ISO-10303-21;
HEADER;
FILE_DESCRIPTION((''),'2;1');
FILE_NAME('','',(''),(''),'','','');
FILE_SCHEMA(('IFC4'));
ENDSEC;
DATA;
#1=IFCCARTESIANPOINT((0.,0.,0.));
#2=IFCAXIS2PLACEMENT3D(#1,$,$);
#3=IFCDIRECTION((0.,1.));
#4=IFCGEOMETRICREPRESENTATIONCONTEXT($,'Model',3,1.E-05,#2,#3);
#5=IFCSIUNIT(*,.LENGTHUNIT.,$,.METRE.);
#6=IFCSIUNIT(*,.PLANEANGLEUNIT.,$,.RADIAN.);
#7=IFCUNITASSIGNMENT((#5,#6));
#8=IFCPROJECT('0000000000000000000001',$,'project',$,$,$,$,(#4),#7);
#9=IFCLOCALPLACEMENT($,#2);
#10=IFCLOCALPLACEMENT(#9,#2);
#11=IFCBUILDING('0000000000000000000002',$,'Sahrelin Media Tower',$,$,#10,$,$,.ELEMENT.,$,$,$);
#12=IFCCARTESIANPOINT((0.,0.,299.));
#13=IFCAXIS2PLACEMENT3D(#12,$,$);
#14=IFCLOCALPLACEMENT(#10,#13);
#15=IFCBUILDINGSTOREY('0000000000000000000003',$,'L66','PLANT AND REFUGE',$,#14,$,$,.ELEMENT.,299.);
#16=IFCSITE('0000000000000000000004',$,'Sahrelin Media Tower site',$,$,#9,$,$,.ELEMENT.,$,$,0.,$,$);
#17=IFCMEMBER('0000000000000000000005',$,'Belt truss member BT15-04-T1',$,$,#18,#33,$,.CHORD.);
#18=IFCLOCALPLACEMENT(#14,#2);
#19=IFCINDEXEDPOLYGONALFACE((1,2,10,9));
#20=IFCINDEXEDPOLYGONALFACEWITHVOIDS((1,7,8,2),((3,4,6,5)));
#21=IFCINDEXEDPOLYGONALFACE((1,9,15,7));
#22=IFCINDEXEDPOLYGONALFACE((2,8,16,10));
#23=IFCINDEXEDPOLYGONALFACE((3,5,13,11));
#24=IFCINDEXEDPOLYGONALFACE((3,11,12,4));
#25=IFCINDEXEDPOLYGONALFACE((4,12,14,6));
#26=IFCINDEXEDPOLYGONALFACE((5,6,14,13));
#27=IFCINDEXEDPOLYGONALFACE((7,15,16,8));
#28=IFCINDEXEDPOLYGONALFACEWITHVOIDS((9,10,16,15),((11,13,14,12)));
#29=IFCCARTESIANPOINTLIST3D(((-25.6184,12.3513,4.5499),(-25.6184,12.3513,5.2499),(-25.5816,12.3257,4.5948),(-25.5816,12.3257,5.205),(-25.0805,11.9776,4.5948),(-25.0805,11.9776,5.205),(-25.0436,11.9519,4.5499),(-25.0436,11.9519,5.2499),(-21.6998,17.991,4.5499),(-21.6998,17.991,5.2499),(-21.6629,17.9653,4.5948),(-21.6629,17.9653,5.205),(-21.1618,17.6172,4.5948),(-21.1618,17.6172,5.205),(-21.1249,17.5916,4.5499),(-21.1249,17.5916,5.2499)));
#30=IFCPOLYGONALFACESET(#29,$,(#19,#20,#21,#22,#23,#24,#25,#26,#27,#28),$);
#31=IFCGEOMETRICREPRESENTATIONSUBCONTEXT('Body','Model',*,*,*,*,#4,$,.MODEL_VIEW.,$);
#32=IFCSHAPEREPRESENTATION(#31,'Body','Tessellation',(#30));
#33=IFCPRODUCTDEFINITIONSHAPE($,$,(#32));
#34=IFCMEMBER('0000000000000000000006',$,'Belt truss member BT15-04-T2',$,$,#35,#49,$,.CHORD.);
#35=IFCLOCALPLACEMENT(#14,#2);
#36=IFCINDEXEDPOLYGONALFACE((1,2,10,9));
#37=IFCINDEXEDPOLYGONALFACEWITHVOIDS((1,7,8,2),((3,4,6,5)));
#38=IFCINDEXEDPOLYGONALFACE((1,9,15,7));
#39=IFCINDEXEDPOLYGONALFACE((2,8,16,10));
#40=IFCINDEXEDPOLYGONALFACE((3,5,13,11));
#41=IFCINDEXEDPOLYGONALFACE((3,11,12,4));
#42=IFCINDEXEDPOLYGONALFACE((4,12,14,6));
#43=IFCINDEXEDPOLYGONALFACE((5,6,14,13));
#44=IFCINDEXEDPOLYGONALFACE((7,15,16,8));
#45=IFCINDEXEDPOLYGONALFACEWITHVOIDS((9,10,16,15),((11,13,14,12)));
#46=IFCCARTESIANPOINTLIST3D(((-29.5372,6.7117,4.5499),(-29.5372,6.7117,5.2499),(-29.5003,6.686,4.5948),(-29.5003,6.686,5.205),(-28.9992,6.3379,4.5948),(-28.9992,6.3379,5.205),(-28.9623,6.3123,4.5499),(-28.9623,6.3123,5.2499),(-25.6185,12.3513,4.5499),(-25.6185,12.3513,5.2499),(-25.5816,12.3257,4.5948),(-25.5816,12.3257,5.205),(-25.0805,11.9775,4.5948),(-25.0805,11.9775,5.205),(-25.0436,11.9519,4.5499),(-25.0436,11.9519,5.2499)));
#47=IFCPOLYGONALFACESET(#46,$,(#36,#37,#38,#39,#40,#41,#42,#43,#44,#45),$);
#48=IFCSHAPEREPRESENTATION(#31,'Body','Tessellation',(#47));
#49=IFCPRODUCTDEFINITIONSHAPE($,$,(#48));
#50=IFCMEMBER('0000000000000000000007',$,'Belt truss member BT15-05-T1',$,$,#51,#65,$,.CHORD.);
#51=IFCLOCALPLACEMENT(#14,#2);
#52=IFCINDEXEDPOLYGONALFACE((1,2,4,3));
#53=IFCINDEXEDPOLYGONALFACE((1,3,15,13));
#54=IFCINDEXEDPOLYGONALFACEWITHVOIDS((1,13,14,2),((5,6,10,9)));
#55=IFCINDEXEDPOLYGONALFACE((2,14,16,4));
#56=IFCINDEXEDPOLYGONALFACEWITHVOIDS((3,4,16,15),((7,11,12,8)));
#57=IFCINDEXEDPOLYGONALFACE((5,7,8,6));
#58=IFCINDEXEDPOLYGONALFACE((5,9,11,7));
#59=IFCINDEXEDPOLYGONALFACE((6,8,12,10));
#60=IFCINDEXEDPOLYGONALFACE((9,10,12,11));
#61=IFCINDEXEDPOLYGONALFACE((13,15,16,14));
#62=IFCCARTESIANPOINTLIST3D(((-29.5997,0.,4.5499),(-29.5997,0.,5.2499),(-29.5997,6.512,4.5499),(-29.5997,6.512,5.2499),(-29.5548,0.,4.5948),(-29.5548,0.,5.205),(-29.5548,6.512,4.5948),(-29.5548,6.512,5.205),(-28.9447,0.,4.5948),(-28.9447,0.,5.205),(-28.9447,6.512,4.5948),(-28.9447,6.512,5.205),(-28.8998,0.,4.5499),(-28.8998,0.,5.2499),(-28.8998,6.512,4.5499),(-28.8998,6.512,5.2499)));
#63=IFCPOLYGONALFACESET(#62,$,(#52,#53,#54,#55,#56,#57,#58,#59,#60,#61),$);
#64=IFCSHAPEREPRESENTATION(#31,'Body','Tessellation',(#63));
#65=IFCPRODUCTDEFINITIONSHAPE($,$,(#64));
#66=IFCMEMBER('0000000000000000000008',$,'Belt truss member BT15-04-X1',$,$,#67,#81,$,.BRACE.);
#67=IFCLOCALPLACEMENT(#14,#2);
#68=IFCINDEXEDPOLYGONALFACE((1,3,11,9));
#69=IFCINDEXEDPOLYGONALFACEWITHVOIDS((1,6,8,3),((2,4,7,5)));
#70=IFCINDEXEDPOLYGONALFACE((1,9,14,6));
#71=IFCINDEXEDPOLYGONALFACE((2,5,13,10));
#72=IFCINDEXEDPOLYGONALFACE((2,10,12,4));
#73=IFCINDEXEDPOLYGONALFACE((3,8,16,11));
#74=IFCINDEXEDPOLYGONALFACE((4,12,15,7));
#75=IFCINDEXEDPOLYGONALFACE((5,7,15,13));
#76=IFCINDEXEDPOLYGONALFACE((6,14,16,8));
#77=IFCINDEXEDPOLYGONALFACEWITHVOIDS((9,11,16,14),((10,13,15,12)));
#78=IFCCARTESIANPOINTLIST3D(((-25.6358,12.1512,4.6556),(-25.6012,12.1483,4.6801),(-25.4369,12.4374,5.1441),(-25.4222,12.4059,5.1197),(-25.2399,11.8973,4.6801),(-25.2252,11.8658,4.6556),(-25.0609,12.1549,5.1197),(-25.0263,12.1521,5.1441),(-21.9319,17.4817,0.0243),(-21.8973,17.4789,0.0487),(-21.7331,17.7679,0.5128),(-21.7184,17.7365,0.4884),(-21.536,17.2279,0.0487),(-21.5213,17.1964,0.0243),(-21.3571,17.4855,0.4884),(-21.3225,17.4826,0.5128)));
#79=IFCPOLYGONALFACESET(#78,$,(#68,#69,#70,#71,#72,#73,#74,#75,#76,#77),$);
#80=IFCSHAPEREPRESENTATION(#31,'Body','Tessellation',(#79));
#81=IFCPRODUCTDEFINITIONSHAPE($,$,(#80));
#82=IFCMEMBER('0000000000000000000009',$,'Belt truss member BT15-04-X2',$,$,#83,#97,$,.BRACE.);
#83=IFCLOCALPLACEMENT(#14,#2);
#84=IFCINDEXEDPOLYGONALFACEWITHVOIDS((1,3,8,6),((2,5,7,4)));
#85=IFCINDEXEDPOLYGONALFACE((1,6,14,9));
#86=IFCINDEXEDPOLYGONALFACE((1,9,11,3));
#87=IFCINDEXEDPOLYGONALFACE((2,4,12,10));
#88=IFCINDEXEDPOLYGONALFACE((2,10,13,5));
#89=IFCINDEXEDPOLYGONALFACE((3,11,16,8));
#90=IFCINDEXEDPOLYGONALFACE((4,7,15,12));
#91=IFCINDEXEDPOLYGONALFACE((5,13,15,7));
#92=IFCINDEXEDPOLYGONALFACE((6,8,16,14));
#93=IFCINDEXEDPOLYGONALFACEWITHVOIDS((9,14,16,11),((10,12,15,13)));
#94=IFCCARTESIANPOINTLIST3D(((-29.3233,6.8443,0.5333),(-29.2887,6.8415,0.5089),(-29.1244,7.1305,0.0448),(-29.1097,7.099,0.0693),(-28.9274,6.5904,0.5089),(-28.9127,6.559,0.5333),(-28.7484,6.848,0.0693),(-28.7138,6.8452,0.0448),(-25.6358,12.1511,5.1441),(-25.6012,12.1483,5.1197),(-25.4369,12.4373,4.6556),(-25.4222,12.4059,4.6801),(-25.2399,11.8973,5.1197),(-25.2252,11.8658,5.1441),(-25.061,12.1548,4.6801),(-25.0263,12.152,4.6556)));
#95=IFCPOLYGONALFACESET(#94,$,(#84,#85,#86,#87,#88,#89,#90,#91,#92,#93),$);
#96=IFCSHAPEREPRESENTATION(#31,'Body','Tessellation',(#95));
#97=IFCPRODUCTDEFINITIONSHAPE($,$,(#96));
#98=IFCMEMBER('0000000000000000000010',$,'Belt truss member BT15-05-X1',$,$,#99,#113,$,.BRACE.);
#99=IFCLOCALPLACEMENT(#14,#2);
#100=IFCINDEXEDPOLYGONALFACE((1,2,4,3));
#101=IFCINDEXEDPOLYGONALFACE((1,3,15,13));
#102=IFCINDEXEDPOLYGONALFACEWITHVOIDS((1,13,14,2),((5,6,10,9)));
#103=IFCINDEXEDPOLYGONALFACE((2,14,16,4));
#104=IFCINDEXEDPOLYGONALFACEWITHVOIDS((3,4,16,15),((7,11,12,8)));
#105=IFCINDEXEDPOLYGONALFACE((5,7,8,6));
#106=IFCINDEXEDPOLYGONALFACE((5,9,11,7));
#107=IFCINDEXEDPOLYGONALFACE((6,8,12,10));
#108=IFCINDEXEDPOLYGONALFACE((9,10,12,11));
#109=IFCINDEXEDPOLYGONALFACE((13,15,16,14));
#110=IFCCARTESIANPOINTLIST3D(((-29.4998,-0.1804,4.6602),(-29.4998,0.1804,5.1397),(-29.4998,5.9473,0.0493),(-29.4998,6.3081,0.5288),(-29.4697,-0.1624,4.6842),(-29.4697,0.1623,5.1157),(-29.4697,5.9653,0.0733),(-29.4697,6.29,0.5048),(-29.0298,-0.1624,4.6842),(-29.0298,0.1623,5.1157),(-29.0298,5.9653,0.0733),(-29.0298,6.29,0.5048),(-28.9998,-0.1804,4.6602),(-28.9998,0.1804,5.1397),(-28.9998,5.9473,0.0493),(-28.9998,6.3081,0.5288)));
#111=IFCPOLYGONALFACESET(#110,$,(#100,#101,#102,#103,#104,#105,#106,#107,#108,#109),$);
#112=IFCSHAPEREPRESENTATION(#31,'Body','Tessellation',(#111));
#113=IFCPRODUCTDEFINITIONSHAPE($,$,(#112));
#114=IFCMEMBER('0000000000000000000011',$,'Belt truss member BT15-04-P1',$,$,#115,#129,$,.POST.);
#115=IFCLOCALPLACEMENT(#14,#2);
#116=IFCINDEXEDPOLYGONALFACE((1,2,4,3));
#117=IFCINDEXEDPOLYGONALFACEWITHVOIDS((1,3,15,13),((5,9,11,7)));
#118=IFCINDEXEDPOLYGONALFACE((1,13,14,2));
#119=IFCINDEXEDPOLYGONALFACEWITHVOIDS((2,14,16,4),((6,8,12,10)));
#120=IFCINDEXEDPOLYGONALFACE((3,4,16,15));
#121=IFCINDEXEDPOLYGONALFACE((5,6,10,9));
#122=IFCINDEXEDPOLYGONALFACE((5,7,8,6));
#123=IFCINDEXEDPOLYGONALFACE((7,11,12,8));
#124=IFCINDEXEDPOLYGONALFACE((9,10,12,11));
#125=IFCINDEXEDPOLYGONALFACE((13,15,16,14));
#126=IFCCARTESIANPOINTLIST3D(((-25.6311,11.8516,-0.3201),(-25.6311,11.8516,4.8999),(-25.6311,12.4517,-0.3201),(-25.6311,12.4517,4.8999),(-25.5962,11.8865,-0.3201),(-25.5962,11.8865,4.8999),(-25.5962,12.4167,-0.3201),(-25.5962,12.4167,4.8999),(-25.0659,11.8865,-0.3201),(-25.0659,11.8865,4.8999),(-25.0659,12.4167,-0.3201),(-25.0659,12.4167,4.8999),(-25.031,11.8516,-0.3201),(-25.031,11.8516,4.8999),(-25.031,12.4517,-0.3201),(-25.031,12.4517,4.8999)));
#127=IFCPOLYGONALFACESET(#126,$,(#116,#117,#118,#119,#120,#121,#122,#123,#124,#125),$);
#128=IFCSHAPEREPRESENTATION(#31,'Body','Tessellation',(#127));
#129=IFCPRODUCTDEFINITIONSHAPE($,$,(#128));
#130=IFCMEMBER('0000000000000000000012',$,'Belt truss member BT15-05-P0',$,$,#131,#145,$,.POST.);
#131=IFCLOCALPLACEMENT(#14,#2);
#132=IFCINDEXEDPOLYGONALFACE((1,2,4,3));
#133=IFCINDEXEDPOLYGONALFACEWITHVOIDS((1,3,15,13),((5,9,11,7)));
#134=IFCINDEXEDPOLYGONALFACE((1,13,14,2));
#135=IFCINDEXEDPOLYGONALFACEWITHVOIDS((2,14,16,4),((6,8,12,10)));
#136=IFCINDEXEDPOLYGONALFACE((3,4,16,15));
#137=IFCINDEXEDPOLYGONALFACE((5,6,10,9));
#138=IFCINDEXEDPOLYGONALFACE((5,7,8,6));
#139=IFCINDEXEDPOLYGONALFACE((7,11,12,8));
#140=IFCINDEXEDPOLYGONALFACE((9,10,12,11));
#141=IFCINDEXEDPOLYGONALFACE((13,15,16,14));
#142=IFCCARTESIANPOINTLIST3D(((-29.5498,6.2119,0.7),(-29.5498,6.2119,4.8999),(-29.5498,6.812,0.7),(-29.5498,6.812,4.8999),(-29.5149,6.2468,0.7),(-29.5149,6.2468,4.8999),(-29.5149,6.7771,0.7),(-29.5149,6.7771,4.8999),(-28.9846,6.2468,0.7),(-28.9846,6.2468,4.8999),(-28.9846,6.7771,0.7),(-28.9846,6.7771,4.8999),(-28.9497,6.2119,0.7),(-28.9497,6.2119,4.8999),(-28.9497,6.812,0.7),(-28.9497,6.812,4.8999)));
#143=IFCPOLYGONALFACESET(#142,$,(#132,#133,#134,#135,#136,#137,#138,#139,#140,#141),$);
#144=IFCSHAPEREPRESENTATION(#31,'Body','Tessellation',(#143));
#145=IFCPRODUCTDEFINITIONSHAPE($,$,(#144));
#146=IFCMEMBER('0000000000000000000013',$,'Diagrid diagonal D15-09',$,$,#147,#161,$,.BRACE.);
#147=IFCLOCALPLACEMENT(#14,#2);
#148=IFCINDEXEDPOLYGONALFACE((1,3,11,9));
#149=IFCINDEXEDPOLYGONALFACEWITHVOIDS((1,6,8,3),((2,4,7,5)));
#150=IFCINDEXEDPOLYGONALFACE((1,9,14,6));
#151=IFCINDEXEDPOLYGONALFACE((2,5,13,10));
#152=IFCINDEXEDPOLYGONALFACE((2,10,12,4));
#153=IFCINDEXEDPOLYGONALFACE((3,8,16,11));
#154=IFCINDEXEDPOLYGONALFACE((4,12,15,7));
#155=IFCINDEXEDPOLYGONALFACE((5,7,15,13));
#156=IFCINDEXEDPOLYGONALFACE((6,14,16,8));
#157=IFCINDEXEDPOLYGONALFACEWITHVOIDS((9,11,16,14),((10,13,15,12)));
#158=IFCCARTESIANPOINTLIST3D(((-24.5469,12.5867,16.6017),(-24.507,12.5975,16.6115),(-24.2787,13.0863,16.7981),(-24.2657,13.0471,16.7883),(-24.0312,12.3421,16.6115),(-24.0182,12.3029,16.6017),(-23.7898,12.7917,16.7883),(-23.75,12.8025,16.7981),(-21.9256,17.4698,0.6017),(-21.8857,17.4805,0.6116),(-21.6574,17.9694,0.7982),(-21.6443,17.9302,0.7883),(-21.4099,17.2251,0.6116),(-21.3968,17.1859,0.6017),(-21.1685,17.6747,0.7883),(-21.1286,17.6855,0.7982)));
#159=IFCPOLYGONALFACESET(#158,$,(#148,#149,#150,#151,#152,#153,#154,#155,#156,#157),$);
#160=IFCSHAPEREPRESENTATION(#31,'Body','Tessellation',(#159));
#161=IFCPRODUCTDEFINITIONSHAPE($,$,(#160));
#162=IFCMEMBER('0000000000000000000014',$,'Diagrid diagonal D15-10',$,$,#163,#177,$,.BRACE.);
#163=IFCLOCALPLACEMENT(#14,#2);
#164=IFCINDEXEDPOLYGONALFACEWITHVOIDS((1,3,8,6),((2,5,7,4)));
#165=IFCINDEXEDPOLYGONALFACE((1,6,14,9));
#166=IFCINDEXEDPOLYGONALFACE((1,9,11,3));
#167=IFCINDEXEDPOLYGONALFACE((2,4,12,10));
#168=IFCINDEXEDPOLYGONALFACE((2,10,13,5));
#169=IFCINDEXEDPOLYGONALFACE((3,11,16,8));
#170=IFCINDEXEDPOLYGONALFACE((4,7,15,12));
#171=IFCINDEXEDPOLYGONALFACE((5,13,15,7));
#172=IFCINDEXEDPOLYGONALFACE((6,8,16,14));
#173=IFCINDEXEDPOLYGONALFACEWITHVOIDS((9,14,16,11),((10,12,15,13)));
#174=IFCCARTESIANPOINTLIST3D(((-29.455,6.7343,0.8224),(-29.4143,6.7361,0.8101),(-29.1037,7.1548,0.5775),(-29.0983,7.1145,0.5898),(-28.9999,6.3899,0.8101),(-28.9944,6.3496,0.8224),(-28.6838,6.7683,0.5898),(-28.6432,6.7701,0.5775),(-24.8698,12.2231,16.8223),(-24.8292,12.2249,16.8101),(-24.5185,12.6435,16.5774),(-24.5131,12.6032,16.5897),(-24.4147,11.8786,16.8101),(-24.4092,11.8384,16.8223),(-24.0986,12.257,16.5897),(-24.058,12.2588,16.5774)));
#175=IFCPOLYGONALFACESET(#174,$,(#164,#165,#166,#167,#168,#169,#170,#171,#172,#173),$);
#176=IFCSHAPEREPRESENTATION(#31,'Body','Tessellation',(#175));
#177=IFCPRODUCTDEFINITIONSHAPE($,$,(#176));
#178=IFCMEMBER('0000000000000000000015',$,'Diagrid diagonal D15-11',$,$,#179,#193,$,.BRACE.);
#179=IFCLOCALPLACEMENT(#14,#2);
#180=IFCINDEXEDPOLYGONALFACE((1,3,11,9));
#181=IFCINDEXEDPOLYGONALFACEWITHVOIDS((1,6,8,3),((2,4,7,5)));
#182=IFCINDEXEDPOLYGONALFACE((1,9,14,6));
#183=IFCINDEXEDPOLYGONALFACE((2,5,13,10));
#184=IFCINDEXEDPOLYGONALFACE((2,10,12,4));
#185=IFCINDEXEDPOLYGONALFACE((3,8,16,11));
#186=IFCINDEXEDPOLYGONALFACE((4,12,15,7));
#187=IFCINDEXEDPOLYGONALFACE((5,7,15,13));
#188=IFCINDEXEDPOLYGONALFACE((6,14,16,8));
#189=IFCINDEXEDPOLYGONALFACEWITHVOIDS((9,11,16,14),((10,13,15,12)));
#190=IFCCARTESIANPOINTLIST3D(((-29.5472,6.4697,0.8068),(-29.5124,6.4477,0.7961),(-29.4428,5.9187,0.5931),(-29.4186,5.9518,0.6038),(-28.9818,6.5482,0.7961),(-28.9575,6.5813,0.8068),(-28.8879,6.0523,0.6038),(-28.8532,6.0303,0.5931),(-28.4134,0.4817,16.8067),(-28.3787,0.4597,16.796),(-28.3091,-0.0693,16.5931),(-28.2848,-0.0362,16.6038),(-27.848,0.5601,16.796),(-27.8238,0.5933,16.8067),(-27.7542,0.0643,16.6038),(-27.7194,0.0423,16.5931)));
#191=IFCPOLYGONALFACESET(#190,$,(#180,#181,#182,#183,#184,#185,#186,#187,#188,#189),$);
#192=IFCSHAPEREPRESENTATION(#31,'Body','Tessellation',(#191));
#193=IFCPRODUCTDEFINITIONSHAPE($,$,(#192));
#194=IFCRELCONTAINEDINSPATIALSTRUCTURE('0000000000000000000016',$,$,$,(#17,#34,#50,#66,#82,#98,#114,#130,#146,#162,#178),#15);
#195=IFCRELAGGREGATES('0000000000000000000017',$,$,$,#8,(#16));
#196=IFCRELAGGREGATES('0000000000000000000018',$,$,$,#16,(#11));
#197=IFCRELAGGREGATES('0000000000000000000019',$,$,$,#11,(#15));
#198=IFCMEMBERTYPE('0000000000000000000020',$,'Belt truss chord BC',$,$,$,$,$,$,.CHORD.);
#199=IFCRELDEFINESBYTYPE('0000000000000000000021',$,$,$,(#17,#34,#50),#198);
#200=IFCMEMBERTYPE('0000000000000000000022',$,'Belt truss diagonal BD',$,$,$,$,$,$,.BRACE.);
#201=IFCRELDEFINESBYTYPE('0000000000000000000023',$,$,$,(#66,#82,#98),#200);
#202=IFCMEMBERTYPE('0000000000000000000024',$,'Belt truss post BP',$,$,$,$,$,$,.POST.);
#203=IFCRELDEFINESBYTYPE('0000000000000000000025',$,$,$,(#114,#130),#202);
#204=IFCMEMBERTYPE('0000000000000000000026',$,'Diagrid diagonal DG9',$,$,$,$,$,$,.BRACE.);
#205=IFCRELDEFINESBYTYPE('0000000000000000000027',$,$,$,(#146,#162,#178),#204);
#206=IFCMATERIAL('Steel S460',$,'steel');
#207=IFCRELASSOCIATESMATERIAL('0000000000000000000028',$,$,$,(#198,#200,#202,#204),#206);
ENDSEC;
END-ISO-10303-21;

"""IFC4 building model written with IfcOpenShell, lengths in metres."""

from ifc_helpers import new_model, si_unit, direction, frame, origin, origin_2d, place, context, subcontext, project, spatial, hollow_rectangle, extrude, material, material_profile, profile_set, type_object, element, save


model = new_model("IFC4")

# Units and contexts
model_context = context("Model", 3, precision=1e-05, world=origin(), true_north=direction((0.0, 1.0)))
body_context = subcontext(model_context, "Body", "Model", "MODEL_VIEW")
ifc_project = project(units=[si_unit("LENGTHUNIT", "METRE"), si_unit("PLANEANGLEUNIT", "RADIAN")], contexts=[model_context])

# Site, building, storey
site_placement = place(None, origin())
site = spatial("IfcSite", under=ifc_project, at=site_placement, Name="Sahrelin Media Tower site", CompositionType="ELEMENT", RefElevation=0.0)
building_placement = place(site_placement, origin())
building = spatial("IfcBuilding", under=site, at=building_placement, Name="Sahrelin Media Tower", CompositionType="ELEMENT")
storey_placement = place(building_placement, frame((0.0, 0.0, 299.0)))
storey = spatial("IfcBuildingStorey", under=building, at=storey_placement, Name="L66", Description="PLANT AND REFUGE", CompositionType="ELEMENT", Elevation=299.0)

# Members
ifc_material_1 = material(Name="Steel S460", Category="steel")
ifc_material_profile_1 = material_profile(ifc_material_1, hollow_rectangle(XDim=0.7, YDim=0.7, WallThickness=0.0449, at=origin_2d()), Name="Belt truss chord BC")
ifc_profile_set_1 = profile_set([ifc_material_profile_1], Name="Steel S460")
member_type_1 = type_object("IfcMemberType", Name="Belt truss chord BC", PredefinedType="CHORD", material=ifc_profile_set_1)
for number, where, z_axis, x_axis, name in (
    (1, (-21.4124, 17.7913, 4.8999), (-0.57062, -0.821214, 0.0), (0.821214, -0.57062, 0.0), "Belt truss member BT15-04-T1"),
    (2, (-25.3311, 12.1516, 4.8999), (-0.57062, -0.821214, 0.0), (0.821214, -0.57062, 0.0), "Belt truss member BT15-04-T2"),
):
    element("IfcMember", number, at=place(storey_placement, frame(where, z_axis=z_axis, x_axis=x_axis)), inside=storey, type_object=member_type_1, Name=name, PredefinedType="CHORD", context=body_context, shape_type="SweptSolid", body=[
        extrude(hollow_rectangle(XDim=0.7, YDim=0.7, WallThickness=0.0449, at=origin_2d()), origin(), (0.0, 0.0, 1.0), 6.8674),
    ])
member_1_placement = place(storey_placement, frame((-29.2498, 6.512, 4.8999), z_axis=(0.0, -1.0, 0.0), x_axis=(1.0, 0.0, 0.0)))
element("IfcMember", 3, at=member_1_placement, inside=storey, type_object=member_type_1, Name="Belt truss member BT15-05-T1", PredefinedType="CHORD", context=body_context, shape_type="SweptSolid", body=[
    extrude(hollow_rectangle(XDim=0.7, YDim=0.7, WallThickness=0.0449, at=origin_2d()), origin(), (0.0, 0.0, 1.0), 6.512),
])
ifc_material_profile_2 = material_profile(ifc_material_1, hollow_rectangle(XDim=0.5, YDim=0.6001, WallThickness=0.03, at=origin_2d()), Name="Belt truss diagonal BD")
ifc_profile_set_2 = profile_set([ifc_material_profile_2], Name="Steel S460")
member_type_2 = type_object("IfcMemberType", Name="Belt truss diagonal BD", PredefinedType="BRACE", material=ifc_profile_set_2)
member_2_placement = place(storey_placement, frame((-21.6272, 17.4822, 0.2686), z_axis=(-0.464498, -0.668503, 0.580814), x_axis=(0.82122, -0.570611, 0.0)))
element("IfcMember", 4, at=member_2_placement, inside=storey, type_object=member_type_2, Name="Belt truss member BT15-04-X1", PredefinedType="BRACE", context=body_context, shape_type="SweptSolid", body=[
    extrude(hollow_rectangle(XDim=0.5, YDim=0.6001, WallThickness=0.03, at=origin_2d()), origin(), (0.0, 0.0, 1.0), 7.9739),
])
member_3_placement = place(storey_placement, frame((-29.0186, 6.8447, 0.2891), z_axis=(0.464506, 0.668496, 0.580817), x_axis=(-0.821213, 0.570622, 0.0)))
element("IfcMember", 5, at=member_3_placement, inside=storey, type_object=member_type_2, Name="Belt truss member BT15-04-X2", PredefinedType="BRACE", context=body_context, shape_type="SweptSolid", body=[
    extrude(hollow_rectangle(XDim=0.5, YDim=0.6001, WallThickness=0.03, at=origin_2d()), origin(), (0.0, 0.0, 1.0), 7.9385),
])
member_4_placement = place(storey_placement, frame((-29.2498, 6.1277, 0.2891), z_axis=(0.0, -0.799055, 0.601257), x_axis=(1.0, 0.0, 0.0)))
element("IfcMember", 6, at=member_4_placement, inside=storey, type_object=member_type_2, Name="Belt truss member BT15-05-X1", PredefinedType="BRACE", context=body_context, shape_type="SweptSolid", body=[
    extrude(hollow_rectangle(XDim=0.5, YDim=0.6001, WallThickness=0.03, at=origin_2d()), origin(), (0.0, 0.0, 1.0), 7.6687),
])
ifc_material_profile_3 = material_profile(ifc_material_1, hollow_rectangle(XDim=0.6001, YDim=0.6001, WallThickness=0.0349, at=origin_2d()), Name="Belt truss post BP")
ifc_profile_set_3 = profile_set([ifc_material_profile_3], Name="Steel S460")
member_type_3 = type_object("IfcMemberType", Name="Belt truss post BP", PredefinedType="POST", material=ifc_profile_set_3)
member_5_placement = place(storey_placement, frame((-25.3311, 12.1516, -0.3201), z_axis=(0.0, 0.0, 1.0), x_axis=(1.0, 0.0, 0.0)))
element("IfcMember", 7, at=member_5_placement, inside=storey, type_object=member_type_3, Name="Belt truss member BT15-04-P1", PredefinedType="POST", context=body_context, shape_type="SweptSolid", body=[
    extrude(hollow_rectangle(XDim=0.6001, YDim=0.6001, WallThickness=0.0349, at=origin_2d()), origin(), (0.0, 0.0, 1.0), 5.22),
])
member_6_placement = place(storey_placement, frame((-29.2498, 6.512, 0.7), z_axis=(0.0, 0.0, 1.0), x_axis=(1.0, 0.0, 0.0)))
element("IfcMember", 8, at=member_6_placement, inside=storey, type_object=member_type_3, Name="Belt truss member BT15-05-P0", PredefinedType="POST", context=body_context, shape_type="SweptSolid", body=[
    extrude(hollow_rectangle(XDim=0.6001, YDim=0.6001, WallThickness=0.0349, at=origin_2d()), origin(), (0.0, 0.0, 1.0), 4.2),
])
ifc_material_profile_4 = material_profile(ifc_material_1, hollow_rectangle(XDim=0.6001, YDim=0.6001, WallThickness=0.03, at=origin_2d()), Name="Diagrid diagonal DG9")
ifc_profile_set_4 = profile_set([ifc_material_profile_4], Name="Steel S460")
member_type_4 = type_object("IfcMemberType", Name="Diagrid diagonal DG9", PredefinedType="BRACE", material=ifc_profile_set_4)
member_7_placement = place(storey_placement, frame((-21.5271, 17.5776, 0.7), z_axis=(-0.154809, -0.288381, 0.944918), x_axis=(0.881073, -0.47298, 0.0)))
element("IfcMember", 9, at=member_7_placement, inside=storey, type_object=member_type_4, Name="Diagrid diagonal D15-09", PredefinedType="BRACE", context=body_context, shape_type="SweptSolid", body=[
    extrude(hollow_rectangle(XDim=0.6001, YDim=0.6001, WallThickness=0.03, at=origin_2d()), origin(), (0.0, 0.0, 1.0), 16.9326),
])
member_8_placement = place(storey_placement, frame((-29.0491, 6.7522, 0.7), z_axis=(0.261627, 0.313184, 0.912944), x_axis=(-0.767448, 0.641111, 0.0)))
element("IfcMember", 10, at=member_8_placement, inside=storey, type_object=member_type_4, Name="Diagrid diagonal D15-10", PredefinedType="BRACE", context=body_context, shape_type="SweptSolid", body=[
    extrude(hollow_rectangle(XDim=0.6001, YDim=0.6001, WallThickness=0.03, at=origin_2d()), origin(), (0.0, 0.0, 1.0), 17.5256),
])
member_9_placement = place(storey_placement, frame((-29.2002, 6.25, 0.7), z_axis=(0.066221, -0.34974, 0.934503), x_axis=(0.982543, 0.186037, 0.0)))
element("IfcMember", 11, at=member_9_placement, inside=storey, type_object=member_type_4, Name="Diagrid diagonal D15-11", PredefinedType="BRACE", context=body_context, shape_type="SweptSolid", body=[
    extrude(hollow_rectangle(XDim=0.6001, YDim=0.6001, WallThickness=0.03, at=origin_2d()), origin(), (0.0, 0.0, 1.0), 17.1213),
])

save(model, "model.ifc")
